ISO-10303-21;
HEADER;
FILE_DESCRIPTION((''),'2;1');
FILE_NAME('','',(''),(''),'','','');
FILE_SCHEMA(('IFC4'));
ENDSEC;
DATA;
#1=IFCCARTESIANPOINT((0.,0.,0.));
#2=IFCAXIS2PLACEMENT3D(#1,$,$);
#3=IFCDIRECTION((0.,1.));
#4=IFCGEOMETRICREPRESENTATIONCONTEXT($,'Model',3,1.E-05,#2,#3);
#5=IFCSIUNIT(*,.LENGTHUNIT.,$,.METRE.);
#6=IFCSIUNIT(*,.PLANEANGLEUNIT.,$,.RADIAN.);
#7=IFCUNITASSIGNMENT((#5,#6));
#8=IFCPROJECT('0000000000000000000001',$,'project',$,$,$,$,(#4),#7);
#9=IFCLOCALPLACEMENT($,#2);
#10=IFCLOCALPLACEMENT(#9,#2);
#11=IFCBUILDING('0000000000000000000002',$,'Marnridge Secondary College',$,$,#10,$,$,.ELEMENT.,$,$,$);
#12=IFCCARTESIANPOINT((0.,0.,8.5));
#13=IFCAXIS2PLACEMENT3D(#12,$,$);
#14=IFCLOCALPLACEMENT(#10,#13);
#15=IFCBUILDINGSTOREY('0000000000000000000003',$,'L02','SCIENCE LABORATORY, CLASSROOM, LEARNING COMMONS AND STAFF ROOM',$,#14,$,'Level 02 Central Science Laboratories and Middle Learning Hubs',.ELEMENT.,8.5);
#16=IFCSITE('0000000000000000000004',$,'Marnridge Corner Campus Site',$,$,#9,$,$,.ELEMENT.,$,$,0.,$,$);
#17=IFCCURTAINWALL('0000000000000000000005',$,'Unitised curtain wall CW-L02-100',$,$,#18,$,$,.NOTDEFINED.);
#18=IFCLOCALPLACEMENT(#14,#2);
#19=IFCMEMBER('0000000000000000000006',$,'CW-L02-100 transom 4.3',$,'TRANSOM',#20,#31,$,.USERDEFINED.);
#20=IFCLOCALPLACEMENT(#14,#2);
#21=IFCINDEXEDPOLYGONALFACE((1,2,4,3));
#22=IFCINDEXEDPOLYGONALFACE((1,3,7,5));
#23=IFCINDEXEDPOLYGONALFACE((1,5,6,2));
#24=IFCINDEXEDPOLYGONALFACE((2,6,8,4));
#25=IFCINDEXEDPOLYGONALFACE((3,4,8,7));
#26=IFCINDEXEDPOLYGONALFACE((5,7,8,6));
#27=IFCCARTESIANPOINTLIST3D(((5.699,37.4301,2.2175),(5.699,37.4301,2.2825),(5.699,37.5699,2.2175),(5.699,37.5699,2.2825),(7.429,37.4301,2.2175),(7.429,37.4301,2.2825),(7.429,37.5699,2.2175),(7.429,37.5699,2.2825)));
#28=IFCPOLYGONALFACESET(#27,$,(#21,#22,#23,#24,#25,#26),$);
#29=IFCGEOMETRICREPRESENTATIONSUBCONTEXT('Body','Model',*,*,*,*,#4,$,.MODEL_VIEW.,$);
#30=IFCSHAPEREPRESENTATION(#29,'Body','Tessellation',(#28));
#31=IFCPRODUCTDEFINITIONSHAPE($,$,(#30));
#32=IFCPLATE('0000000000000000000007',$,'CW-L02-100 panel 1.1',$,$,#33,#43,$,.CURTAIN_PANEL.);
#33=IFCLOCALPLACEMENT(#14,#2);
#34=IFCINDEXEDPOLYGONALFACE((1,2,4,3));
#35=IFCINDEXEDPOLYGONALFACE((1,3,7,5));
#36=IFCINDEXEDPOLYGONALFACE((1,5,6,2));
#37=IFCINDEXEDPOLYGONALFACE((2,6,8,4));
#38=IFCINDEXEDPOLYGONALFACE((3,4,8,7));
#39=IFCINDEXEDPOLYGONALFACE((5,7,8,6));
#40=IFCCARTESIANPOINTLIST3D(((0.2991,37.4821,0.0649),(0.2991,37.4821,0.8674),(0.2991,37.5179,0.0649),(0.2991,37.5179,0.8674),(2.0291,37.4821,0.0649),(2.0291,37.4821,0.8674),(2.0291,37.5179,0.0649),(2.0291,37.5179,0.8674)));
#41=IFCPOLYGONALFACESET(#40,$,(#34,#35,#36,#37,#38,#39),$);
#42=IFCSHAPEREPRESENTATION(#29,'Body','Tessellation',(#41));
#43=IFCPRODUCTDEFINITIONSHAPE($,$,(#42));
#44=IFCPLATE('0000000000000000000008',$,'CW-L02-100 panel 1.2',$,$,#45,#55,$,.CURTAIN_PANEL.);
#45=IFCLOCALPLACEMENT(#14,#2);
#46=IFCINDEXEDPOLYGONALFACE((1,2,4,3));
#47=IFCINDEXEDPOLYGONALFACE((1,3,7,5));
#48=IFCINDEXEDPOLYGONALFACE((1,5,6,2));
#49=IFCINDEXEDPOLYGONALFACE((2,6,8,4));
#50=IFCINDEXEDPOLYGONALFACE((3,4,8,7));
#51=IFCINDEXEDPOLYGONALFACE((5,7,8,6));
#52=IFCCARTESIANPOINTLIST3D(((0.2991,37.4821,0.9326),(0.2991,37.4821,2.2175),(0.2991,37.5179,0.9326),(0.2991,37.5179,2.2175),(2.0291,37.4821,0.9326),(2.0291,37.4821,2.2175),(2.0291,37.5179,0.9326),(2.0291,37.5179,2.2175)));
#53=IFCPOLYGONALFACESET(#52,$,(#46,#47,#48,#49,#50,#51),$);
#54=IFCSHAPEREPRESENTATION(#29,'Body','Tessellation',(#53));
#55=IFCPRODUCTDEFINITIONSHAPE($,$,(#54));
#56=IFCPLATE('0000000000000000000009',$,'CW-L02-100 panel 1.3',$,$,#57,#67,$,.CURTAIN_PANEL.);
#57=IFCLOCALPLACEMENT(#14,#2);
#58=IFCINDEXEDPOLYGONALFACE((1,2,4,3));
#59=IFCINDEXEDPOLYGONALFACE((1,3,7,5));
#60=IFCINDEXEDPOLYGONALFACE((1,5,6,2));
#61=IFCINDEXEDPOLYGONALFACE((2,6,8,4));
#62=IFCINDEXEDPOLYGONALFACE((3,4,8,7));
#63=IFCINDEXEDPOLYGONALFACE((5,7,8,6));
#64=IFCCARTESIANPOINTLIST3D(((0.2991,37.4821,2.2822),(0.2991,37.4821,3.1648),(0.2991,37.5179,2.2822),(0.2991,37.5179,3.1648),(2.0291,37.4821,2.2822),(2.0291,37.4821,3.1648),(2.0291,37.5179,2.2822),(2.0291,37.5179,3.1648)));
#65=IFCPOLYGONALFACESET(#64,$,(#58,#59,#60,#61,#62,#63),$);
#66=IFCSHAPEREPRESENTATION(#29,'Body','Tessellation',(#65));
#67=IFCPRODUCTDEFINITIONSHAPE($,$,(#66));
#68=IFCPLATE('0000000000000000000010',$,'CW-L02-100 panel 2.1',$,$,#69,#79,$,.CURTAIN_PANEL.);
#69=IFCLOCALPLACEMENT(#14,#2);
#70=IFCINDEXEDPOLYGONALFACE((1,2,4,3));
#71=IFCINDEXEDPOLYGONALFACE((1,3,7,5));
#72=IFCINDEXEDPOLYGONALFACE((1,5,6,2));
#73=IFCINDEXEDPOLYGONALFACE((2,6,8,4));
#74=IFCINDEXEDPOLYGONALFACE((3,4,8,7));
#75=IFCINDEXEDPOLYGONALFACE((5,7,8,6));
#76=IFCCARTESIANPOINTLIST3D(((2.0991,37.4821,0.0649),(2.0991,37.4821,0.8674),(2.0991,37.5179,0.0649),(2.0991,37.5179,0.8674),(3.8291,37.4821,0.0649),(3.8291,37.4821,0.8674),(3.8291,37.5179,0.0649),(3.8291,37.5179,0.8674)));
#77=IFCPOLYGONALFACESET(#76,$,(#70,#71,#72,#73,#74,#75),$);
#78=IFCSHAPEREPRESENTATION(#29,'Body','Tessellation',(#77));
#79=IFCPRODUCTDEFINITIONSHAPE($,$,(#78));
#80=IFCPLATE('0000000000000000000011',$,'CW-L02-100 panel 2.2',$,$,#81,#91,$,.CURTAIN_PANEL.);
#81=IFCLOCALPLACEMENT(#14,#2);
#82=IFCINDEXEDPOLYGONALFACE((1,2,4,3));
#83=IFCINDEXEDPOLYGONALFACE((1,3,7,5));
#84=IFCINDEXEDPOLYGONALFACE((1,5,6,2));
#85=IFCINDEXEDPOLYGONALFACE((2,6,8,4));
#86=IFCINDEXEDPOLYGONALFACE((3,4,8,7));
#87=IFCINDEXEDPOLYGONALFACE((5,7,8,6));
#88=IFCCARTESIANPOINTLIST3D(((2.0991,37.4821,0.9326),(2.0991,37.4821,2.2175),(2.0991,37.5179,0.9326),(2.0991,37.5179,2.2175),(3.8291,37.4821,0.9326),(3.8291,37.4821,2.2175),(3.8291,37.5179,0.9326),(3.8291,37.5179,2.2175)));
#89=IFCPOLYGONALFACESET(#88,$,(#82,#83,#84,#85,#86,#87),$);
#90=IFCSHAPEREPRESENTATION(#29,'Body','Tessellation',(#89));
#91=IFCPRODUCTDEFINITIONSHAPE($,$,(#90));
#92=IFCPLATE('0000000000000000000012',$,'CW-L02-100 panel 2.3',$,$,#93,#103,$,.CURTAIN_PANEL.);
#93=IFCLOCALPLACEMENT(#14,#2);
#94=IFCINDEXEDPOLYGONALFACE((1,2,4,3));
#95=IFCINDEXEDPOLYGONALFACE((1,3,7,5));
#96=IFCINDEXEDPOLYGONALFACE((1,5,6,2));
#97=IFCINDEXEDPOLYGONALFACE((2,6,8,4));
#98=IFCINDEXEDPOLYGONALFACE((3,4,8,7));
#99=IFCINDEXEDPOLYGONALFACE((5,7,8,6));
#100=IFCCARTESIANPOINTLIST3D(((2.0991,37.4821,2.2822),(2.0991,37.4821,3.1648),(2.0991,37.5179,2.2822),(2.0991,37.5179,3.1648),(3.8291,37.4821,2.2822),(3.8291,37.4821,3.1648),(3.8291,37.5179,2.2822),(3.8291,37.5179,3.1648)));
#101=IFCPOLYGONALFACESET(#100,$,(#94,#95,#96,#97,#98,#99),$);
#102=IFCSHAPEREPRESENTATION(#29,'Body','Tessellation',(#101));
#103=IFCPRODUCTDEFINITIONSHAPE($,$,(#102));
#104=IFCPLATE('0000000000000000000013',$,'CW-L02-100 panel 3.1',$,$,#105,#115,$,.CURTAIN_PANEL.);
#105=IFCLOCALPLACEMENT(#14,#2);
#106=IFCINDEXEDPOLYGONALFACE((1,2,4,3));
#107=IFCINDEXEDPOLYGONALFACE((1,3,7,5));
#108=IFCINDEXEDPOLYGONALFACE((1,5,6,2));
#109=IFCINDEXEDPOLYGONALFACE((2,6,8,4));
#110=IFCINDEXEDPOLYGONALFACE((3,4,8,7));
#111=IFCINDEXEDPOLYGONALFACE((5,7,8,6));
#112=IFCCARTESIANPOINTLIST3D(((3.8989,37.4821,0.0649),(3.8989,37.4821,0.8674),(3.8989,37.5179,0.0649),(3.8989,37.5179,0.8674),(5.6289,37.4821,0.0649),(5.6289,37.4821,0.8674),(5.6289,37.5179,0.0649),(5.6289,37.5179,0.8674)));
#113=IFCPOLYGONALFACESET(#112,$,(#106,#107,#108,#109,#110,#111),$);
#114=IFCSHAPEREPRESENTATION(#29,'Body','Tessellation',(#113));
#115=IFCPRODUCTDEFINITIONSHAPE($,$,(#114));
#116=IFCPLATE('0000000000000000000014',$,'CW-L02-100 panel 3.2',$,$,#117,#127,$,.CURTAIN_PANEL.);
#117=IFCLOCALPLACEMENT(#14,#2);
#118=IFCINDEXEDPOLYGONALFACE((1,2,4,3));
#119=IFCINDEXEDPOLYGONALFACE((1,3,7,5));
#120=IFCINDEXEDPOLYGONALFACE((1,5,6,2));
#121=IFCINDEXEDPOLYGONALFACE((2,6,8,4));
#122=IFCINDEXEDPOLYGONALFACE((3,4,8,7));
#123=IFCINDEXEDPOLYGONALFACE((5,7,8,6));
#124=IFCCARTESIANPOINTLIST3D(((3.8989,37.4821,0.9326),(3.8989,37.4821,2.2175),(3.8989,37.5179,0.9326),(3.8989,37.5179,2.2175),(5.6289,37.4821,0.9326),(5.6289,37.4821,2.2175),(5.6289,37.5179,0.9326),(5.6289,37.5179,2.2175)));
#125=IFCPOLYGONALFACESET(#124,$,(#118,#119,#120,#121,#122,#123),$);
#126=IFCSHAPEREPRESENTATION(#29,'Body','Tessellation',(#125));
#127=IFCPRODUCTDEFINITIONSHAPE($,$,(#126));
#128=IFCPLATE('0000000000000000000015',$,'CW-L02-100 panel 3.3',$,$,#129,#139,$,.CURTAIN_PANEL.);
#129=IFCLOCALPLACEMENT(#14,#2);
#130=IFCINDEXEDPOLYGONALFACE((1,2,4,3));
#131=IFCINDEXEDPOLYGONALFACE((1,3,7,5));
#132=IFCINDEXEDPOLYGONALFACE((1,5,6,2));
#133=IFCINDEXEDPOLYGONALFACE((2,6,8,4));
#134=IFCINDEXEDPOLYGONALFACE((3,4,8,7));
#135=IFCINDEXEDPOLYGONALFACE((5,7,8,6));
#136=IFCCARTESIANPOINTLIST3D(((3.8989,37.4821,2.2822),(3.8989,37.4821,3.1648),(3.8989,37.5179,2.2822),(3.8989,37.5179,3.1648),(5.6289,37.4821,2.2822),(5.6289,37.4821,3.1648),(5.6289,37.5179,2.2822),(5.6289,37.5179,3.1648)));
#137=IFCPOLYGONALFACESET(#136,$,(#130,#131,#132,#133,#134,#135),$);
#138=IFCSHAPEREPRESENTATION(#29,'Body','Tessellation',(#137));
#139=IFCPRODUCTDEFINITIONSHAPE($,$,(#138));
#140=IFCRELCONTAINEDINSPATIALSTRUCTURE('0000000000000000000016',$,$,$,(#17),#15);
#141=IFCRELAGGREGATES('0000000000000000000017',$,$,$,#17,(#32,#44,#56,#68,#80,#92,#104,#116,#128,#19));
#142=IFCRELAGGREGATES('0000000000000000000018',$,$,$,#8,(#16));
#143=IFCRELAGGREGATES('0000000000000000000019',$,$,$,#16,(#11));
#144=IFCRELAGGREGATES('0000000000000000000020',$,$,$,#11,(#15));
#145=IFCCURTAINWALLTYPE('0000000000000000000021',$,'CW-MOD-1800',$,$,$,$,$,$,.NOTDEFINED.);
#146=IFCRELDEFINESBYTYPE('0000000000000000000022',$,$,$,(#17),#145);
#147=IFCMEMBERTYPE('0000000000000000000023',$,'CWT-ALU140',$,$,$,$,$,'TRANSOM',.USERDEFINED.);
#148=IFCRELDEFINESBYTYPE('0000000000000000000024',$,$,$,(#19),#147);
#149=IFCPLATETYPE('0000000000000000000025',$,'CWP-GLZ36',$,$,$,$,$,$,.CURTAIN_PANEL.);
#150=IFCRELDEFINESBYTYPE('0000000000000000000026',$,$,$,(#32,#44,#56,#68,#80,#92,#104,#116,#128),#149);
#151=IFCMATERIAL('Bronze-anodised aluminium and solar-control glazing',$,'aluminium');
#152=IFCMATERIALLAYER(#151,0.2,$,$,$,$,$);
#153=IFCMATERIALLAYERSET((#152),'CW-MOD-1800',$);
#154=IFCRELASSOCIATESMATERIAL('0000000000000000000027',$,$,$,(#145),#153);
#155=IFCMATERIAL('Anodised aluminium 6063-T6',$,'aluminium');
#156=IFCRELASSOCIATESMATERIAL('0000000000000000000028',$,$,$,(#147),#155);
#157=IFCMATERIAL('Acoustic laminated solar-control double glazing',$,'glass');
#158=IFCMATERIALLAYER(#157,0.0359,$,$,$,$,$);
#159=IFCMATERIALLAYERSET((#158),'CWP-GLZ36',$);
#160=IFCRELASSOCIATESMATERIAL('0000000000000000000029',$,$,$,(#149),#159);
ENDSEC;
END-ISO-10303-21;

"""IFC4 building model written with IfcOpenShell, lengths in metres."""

from ifc_helpers import new_model, si_unit, direction, frame, origin, origin_2d, place, context, subcontext, project, spatial, rectangle, extrude, material, layer, layer_set, material_profile, profile_set, type_object, element, aggregate, save


model = new_model("IFC4")

# Units and contexts
model_context = context("Model", 3, precision=1e-05, world=origin(), true_north=direction((0.0, 1.0)))
body_context = subcontext(model_context, "Body", "Model", "MODEL_VIEW")
ifc_project = project(units=[si_unit("LENGTHUNIT", "METRE"), si_unit("PLANEANGLEUNIT", "RADIAN")], contexts=[model_context])

# Site, building, storey
site_placement = place(None, origin())
site = spatial("IfcSite", under=ifc_project, at=site_placement, Name="Marnridge Corner Campus Site", CompositionType="ELEMENT", RefElevation=0.0)
building_placement = place(site_placement, origin())
building = spatial("IfcBuilding", under=site, at=building_placement, Name="Marnridge Secondary College", CompositionType="ELEMENT")
storey_placement = place(building_placement, frame((0.0, 0.0, 8.5)))
storey = spatial("IfcBuildingStorey", under=building, at=storey_placement, Name="L02", Description="SCIENCE LABORATORY, CLASSROOM, LEARNING COMMONS AND STAFF ROOM", LongName="Level 02 Central Science Laboratories and Middle Learning Hubs", CompositionType="ELEMENT", Elevation=8.5)

# Curtain wall, member, plates
ifc_material_1 = material(Name="Bronze-anodised aluminium and solar-control glazing", Category="aluminium")
ifc_layer_1 = layer(ifc_material_1, 0.2)
ifc_layer_set_1 = layer_set([ifc_layer_1], Name="CW-MOD-1800")
curtain_wall_type = type_object("IfcCurtainWallType", Name="CW-MOD-1800", PredefinedType="NOTDEFINED", material=ifc_layer_set_1)
curtain_wall_placement = place(storey_placement, origin())
curtain_wall = element("IfcCurtainWall", 1, at=curtain_wall_placement, inside=storey, type_object=curtain_wall_type, Name="Unitised curtain wall CW-L02-100", PredefinedType="NOTDEFINED")
ifc_material_2 = material(Name="Anodised aluminium 6063-T6", Category="aluminium")
ifc_material_profile_1 = material_profile(ifc_material_2, rectangle(XDim=0.0649, YDim=0.1399, at=origin_2d()), Name="ALU 65x140")
ifc_profile_set_1 = profile_set([ifc_material_profile_1], Name="Anodised aluminium 6063-T6")
member_type_1 = type_object("IfcMemberType", Name="CWT-ALU140", ElementType="TRANSOM", PredefinedType="USERDEFINED", material=ifc_profile_set_1)
member_1_placement = place(storey_placement, frame((5.699, 37.5, 2.25), z_axis=(1.0, 0.0, 0.0), x_axis=(0.0, 0.0, 1.0)))
member_1 = element("IfcMember", 2, at=member_1_placement, type_object=member_type_1, Name="CW-L02-100 transom 4.3", ObjectType="TRANSOM", PredefinedType="USERDEFINED", context=body_context, shape_type="SweptSolid", body=[
    extrude(rectangle(XDim=0.0649, YDim=0.1399, at=origin_2d()), origin(), (0.0, 0.0, 1.0), 1.73),
])
ifc_material_3 = material(Name="Acoustic laminated solar-control double glazing", Category="glass")
ifc_layer_2 = layer(ifc_material_3, 0.0359)
ifc_layer_set_2 = layer_set([ifc_layer_2], Name="CWP-GLZ36")
plate_type = type_object("IfcPlateType", Name="CWP-GLZ36", PredefinedType="CURTAIN_PANEL", material=ifc_layer_set_2)
plate_1_placement = place(storey_placement, frame((1.1641, 37.5, 0.0649), z_axis=(0.0, 0.0, 1.0), x_axis=(1.0, 0.0, 0.0)))
plate_1 = element("IfcPlate", 3, at=plate_1_placement, type_object=plate_type, Name="CW-L02-100 panel 1.1", PredefinedType="CURTAIN_PANEL", context=body_context, shape_type="SweptSolid", body=[
    extrude(rectangle(XDim=1.73, YDim=0.0359, at=origin_2d()), origin(), (0.0, 0.0, 1.0), 0.8025),
])
plate_2_placement = place(storey_placement, frame((1.1641, 37.5, 0.9326), z_axis=(0.0, 0.0, 1.0), x_axis=(1.0, 0.0, 0.0)))
plate_2 = element("IfcPlate", 4, at=plate_2_placement, type_object=plate_type, Name="CW-L02-100 panel 1.2", PredefinedType="CURTAIN_PANEL", context=body_context, shape_type="SweptSolid", body=[
    extrude(rectangle(XDim=1.73, YDim=0.0359, at=origin_2d()), origin(), (0.0, 0.0, 1.0), 1.2849),
])
plate_3_placement = place(storey_placement, frame((1.1641, 37.5, 2.2822), z_axis=(0.0, 0.0, 1.0), x_axis=(1.0, 0.0, 0.0)))
plate_3 = element("IfcPlate", 5, at=plate_3_placement, type_object=plate_type, Name="CW-L02-100 panel 1.3", PredefinedType="CURTAIN_PANEL", context=body_context, shape_type="SweptSolid", body=[
    extrude(rectangle(XDim=1.73, YDim=0.0359, at=origin_2d()), origin(), (0.0, 0.0, 1.0), 0.8826),
])
plate_4_placement = place(storey_placement, frame((2.9641, 37.5, 0.0649), z_axis=(0.0, 0.0, 1.0), x_axis=(1.0, 0.0, 0.0)))
plate_4 = element("IfcPlate", 6, at=plate_4_placement, type_object=plate_type, Name="CW-L02-100 panel 2.1", PredefinedType="CURTAIN_PANEL", context=body_context, shape_type="SweptSolid", body=[
    extrude(rectangle(XDim=1.73, YDim=0.0359, at=origin_2d()), origin(), (0.0, 0.0, 1.0), 0.8025),
])
plate_5_placement = place(storey_placement, frame((2.9641, 37.5, 0.9326), z_axis=(0.0, 0.0, 1.0), x_axis=(1.0, 0.0, 0.0)))
plate_5 = element("IfcPlate", 7, at=plate_5_placement, type_object=plate_type, Name="CW-L02-100 panel 2.2", PredefinedType="CURTAIN_PANEL", context=body_context, shape_type="SweptSolid", body=[
    extrude(rectangle(XDim=1.73, YDim=0.0359, at=origin_2d()), origin(), (0.0, 0.0, 1.0), 1.2849),
])
plate_6_placement = place(storey_placement, frame((2.9641, 37.5, 2.2822), z_axis=(0.0, 0.0, 1.0), x_axis=(1.0, 0.0, 0.0)))
plate_6 = element("IfcPlate", 8, at=plate_6_placement, type_object=plate_type, Name="CW-L02-100 panel 2.3", PredefinedType="CURTAIN_PANEL", context=body_context, shape_type="SweptSolid", body=[
    extrude(rectangle(XDim=1.73, YDim=0.0359, at=origin_2d()), origin(), (0.0, 0.0, 1.0), 0.8826),
])
plate_7_placement = place(storey_placement, frame((4.7639, 37.5, 0.0649), z_axis=(0.0, 0.0, 1.0), x_axis=(1.0, 0.0, 0.0)))
plate_7 = element("IfcPlate", 9, at=plate_7_placement, type_object=plate_type, Name="CW-L02-100 panel 3.1", PredefinedType="CURTAIN_PANEL", context=body_context, shape_type="SweptSolid", body=[
    extrude(rectangle(XDim=1.73, YDim=0.0359, at=origin_2d()), origin(), (0.0, 0.0, 1.0), 0.8025),
])
plate_8_placement = place(storey_placement, frame((4.7639, 37.5, 0.9326), z_axis=(0.0, 0.0, 1.0), x_axis=(1.0, 0.0, 0.0)))
plate_8 = element("IfcPlate", 10, at=plate_8_placement, type_object=plate_type, Name="CW-L02-100 panel 3.2", PredefinedType="CURTAIN_PANEL", context=body_context, shape_type="SweptSolid", body=[
    extrude(rectangle(XDim=1.73, YDim=0.0359, at=origin_2d()), origin(), (0.0, 0.0, 1.0), 1.2849),
])
plate_9_placement = place(storey_placement, frame((4.7639, 37.5, 2.2822), z_axis=(0.0, 0.0, 1.0), x_axis=(1.0, 0.0, 0.0)))
plate_9 = element("IfcPlate", 11, at=plate_9_placement, type_object=plate_type, Name="CW-L02-100 panel 3.3", PredefinedType="CURTAIN_PANEL", context=body_context, shape_type="SweptSolid", body=[
    extrude(rectangle(XDim=1.73, YDim=0.0359, at=origin_2d()), origin(), (0.0, 0.0, 1.0), 0.8826),
])
aggregate(curtain_wall, [plate_1, plate_2, plate_3, plate_4, plate_5, plate_6, plate_7, plate_8, plate_9, member_1])

save(model, "model.ifc")
